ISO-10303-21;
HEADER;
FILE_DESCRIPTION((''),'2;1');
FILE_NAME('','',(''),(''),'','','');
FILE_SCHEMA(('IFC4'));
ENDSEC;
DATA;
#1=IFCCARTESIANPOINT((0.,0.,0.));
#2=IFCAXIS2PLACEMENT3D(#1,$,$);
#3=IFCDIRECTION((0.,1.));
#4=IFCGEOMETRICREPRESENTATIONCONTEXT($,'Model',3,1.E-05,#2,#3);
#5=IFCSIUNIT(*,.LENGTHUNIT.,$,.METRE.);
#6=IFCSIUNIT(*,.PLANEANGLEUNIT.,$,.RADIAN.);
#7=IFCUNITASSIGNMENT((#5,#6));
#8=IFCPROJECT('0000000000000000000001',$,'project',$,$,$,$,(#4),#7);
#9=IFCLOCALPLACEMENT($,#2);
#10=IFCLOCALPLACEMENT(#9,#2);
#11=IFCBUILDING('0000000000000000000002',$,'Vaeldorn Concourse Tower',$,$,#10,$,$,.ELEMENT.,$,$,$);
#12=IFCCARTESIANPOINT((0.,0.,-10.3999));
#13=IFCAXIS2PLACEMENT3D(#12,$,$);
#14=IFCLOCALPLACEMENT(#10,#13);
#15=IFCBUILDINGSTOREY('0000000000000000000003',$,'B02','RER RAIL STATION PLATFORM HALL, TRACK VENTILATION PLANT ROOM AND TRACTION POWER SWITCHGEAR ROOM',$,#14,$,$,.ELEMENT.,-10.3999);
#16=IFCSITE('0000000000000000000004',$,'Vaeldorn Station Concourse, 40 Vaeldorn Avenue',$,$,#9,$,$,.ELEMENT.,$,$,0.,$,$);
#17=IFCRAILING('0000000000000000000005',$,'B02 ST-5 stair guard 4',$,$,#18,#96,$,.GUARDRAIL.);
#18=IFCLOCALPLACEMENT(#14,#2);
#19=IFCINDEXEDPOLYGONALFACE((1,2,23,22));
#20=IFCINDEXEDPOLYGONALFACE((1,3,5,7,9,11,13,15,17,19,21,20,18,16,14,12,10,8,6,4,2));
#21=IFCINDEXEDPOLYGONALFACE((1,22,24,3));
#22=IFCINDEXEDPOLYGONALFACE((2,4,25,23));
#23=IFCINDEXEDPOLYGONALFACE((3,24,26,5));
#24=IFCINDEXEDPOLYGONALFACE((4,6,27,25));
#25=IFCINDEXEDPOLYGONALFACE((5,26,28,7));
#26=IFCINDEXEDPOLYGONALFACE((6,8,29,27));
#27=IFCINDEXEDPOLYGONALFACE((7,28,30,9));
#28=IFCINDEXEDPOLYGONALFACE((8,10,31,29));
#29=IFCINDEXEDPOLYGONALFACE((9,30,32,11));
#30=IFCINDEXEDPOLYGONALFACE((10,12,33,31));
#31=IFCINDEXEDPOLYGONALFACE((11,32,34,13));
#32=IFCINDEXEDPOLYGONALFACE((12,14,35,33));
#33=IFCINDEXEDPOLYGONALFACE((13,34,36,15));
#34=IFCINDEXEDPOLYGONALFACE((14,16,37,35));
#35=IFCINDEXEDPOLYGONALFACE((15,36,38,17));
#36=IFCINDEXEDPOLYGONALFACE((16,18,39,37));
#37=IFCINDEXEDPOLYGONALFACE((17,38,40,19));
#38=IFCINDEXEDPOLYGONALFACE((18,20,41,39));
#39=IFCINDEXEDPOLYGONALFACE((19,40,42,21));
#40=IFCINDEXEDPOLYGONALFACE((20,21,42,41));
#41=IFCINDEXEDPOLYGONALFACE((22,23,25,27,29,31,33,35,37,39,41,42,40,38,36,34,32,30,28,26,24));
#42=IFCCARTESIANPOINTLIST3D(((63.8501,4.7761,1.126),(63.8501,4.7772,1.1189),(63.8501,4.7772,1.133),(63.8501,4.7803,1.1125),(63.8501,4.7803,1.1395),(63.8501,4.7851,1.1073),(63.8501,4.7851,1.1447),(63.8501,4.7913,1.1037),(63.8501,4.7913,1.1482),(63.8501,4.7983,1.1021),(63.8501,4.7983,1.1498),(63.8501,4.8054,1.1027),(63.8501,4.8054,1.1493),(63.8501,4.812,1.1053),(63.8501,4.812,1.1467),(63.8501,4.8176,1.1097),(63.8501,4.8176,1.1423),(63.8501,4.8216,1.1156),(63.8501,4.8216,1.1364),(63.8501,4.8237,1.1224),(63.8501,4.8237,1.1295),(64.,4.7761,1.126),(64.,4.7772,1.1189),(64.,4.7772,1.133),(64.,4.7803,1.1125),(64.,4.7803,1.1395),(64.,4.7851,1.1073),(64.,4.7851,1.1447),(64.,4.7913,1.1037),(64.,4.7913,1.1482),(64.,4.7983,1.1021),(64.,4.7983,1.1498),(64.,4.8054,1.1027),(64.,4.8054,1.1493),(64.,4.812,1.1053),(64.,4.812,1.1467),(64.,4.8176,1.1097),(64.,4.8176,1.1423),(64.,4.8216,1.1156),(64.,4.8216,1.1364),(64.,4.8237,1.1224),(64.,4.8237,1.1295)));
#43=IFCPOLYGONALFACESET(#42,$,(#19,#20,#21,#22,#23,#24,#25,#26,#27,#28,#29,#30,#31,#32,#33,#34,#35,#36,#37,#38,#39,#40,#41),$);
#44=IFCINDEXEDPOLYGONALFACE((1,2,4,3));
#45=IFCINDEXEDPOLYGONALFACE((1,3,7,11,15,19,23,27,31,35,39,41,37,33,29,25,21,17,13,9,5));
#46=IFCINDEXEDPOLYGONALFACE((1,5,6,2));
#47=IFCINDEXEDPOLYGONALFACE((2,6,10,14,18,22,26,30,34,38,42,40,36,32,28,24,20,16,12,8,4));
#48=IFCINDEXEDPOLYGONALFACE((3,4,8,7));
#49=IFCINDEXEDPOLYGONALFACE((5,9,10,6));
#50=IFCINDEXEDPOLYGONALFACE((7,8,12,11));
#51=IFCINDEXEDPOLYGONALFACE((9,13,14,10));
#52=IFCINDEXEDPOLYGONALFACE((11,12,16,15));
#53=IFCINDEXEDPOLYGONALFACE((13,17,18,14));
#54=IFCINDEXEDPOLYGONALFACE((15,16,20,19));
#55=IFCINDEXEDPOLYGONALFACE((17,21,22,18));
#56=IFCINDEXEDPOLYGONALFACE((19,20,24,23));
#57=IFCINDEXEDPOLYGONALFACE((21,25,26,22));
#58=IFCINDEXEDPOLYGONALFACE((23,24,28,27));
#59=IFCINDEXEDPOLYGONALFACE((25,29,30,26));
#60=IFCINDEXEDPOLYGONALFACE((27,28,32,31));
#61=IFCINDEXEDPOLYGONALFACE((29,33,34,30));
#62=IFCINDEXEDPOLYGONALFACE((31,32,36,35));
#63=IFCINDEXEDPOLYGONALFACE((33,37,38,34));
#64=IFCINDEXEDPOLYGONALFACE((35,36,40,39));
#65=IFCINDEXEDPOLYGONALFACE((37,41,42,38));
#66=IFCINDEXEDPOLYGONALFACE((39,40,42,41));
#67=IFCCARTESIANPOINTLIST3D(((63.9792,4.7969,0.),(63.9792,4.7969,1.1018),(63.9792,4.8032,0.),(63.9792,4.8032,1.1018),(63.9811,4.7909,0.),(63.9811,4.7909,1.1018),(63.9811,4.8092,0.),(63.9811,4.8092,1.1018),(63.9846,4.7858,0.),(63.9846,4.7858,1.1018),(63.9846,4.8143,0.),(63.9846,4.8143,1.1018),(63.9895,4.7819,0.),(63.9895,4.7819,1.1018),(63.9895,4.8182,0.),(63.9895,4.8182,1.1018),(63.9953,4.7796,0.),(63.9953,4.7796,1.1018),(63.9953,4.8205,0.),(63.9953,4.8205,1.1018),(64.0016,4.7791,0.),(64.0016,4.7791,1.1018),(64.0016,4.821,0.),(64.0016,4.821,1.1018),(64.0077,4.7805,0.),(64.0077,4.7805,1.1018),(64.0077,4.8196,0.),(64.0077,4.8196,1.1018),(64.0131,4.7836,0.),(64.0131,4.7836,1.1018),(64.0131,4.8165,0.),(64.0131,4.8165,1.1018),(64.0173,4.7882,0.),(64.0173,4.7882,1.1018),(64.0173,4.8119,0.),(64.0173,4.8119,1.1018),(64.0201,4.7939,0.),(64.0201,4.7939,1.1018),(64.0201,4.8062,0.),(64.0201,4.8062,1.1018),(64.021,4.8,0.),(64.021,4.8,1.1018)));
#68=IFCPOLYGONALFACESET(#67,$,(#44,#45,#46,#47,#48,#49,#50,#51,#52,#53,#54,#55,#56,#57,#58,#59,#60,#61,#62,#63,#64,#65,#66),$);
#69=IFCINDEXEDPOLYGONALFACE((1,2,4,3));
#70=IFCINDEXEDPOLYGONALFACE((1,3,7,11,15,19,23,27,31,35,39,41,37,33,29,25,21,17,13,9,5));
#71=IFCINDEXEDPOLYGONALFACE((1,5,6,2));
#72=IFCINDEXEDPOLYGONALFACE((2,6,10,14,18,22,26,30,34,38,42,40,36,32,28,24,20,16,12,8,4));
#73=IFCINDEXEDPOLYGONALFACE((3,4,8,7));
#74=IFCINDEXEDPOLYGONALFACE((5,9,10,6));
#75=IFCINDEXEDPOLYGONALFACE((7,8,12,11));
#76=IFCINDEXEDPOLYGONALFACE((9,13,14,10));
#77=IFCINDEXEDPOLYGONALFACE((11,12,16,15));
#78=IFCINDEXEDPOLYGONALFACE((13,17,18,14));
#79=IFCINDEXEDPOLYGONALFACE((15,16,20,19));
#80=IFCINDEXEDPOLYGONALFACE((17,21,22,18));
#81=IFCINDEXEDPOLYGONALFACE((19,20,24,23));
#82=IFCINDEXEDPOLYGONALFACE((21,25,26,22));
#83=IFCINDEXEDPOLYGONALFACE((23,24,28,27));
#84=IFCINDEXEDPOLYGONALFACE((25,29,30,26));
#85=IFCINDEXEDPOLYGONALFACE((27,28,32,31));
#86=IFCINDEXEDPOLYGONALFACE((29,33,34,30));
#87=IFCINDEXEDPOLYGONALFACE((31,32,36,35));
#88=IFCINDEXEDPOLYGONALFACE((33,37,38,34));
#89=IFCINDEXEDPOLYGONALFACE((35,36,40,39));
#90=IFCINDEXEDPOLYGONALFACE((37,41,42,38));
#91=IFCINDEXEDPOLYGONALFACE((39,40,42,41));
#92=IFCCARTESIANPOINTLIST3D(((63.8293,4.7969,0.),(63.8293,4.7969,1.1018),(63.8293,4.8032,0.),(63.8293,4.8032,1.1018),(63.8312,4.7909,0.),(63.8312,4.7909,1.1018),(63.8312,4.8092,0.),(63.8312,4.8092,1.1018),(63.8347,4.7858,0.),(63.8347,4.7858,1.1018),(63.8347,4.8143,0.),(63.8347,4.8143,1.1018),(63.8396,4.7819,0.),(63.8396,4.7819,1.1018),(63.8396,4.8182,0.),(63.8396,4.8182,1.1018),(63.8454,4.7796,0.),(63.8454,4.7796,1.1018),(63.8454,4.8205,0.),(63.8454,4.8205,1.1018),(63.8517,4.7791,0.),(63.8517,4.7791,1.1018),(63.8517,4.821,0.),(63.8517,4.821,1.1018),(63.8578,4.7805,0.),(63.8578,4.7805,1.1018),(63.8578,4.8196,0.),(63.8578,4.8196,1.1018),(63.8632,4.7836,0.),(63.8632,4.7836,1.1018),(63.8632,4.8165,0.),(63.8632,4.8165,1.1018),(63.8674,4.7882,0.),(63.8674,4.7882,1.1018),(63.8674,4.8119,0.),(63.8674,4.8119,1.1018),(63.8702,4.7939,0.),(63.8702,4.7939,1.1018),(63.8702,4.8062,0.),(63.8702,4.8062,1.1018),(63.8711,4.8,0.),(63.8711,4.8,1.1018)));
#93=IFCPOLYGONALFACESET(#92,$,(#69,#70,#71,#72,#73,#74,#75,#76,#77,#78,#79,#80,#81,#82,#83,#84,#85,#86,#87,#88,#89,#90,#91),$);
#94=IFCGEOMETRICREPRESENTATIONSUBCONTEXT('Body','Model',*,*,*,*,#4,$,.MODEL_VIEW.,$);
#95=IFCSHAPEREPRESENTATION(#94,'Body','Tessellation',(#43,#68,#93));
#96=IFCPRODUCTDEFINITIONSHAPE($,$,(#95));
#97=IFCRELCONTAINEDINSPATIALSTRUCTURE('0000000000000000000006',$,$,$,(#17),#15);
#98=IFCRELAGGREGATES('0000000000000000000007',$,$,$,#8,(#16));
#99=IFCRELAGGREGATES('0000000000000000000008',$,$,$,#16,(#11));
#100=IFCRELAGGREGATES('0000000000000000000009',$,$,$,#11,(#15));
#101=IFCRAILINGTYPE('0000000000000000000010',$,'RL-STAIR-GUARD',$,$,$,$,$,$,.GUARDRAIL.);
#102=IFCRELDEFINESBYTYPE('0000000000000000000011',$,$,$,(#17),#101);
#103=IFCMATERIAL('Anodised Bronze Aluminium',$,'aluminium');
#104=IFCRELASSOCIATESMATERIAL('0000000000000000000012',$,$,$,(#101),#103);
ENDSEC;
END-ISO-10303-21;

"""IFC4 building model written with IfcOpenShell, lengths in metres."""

from ifc_helpers import new_model, si_unit, direction, frame, origin, origin_2d, place, context, subcontext, project, spatial, circle, extrude, material, type_object, element, save


model = new_model("IFC4")

# Units and contexts
model_context = context("Model", 3, precision=1e-05, world=origin(), true_north=direction((0.0, 1.0)))
body_context = subcontext(model_context, "Body", "Model", "MODEL_VIEW")
ifc_project = project(units=[si_unit("LENGTHUNIT", "METRE"), si_unit("PLANEANGLEUNIT", "RADIAN")], contexts=[model_context])

# Site, building, storey
site_placement = place(None, origin())
site = spatial("IfcSite", under=ifc_project, at=site_placement, Name="Vaeldorn Station Concourse, 40 Vaeldorn Avenue", CompositionType="ELEMENT", RefElevation=0.0)
building_placement = place(site_placement, origin())
building = spatial("IfcBuilding", under=site, at=building_placement, Name="Vaeldorn Concourse Tower", CompositionType="ELEMENT")
storey_placement = place(building_placement, frame((0.0, 0.0, -10.3999)))
storey = spatial("IfcBuildingStorey", under=building, at=storey_placement, Name="B02", Description="RER RAIL STATION PLATFORM HALL, TRACK VENTILATION PLANT ROOM AND TRACTION POWER SWITCHGEAR ROOM", CompositionType="ELEMENT", Elevation=-10.3999)

# Railing
ifc_material_1 = material(Name="Anodised Bronze Aluminium", Category="aluminium")
railing_type_1 = type_object("IfcRailingType", Name="RL-STAIR-GUARD", PredefinedType="GUARDRAIL", material=ifc_material_1)
railing_1_placement = place(storey_placement, frame((64.0, 4.8, 0.0)))
element("IfcRailing", 1, at=railing_1_placement, inside=storey, type_object=railing_type_1, Name="B02 ST-5 stair guard 4", PredefinedType="GUARDRAIL", context=body_context, shape_type="SweptSolid", body=[
    extrude(circle(Radius=0.0239, at=origin_2d()), frame((0.0, 0.0, 1.126), z_axis=(-1.0, 0.0, 0.0), x_axis=(0.0, -1.0, 0.0)), (0.0, 0.0, 1.0), 0.1499),
    extrude(circle(Radius=0.021, at=origin_2d()), origin(), (0.0, 0.0, 1.0), 1.1018),
    extrude(circle(Radius=0.021, at=origin_2d()), frame((-0.1499, 0.0, 0.0)), (0.0, 0.0, 1.0), 1.1018),
])

save(model, "model.ifc")
